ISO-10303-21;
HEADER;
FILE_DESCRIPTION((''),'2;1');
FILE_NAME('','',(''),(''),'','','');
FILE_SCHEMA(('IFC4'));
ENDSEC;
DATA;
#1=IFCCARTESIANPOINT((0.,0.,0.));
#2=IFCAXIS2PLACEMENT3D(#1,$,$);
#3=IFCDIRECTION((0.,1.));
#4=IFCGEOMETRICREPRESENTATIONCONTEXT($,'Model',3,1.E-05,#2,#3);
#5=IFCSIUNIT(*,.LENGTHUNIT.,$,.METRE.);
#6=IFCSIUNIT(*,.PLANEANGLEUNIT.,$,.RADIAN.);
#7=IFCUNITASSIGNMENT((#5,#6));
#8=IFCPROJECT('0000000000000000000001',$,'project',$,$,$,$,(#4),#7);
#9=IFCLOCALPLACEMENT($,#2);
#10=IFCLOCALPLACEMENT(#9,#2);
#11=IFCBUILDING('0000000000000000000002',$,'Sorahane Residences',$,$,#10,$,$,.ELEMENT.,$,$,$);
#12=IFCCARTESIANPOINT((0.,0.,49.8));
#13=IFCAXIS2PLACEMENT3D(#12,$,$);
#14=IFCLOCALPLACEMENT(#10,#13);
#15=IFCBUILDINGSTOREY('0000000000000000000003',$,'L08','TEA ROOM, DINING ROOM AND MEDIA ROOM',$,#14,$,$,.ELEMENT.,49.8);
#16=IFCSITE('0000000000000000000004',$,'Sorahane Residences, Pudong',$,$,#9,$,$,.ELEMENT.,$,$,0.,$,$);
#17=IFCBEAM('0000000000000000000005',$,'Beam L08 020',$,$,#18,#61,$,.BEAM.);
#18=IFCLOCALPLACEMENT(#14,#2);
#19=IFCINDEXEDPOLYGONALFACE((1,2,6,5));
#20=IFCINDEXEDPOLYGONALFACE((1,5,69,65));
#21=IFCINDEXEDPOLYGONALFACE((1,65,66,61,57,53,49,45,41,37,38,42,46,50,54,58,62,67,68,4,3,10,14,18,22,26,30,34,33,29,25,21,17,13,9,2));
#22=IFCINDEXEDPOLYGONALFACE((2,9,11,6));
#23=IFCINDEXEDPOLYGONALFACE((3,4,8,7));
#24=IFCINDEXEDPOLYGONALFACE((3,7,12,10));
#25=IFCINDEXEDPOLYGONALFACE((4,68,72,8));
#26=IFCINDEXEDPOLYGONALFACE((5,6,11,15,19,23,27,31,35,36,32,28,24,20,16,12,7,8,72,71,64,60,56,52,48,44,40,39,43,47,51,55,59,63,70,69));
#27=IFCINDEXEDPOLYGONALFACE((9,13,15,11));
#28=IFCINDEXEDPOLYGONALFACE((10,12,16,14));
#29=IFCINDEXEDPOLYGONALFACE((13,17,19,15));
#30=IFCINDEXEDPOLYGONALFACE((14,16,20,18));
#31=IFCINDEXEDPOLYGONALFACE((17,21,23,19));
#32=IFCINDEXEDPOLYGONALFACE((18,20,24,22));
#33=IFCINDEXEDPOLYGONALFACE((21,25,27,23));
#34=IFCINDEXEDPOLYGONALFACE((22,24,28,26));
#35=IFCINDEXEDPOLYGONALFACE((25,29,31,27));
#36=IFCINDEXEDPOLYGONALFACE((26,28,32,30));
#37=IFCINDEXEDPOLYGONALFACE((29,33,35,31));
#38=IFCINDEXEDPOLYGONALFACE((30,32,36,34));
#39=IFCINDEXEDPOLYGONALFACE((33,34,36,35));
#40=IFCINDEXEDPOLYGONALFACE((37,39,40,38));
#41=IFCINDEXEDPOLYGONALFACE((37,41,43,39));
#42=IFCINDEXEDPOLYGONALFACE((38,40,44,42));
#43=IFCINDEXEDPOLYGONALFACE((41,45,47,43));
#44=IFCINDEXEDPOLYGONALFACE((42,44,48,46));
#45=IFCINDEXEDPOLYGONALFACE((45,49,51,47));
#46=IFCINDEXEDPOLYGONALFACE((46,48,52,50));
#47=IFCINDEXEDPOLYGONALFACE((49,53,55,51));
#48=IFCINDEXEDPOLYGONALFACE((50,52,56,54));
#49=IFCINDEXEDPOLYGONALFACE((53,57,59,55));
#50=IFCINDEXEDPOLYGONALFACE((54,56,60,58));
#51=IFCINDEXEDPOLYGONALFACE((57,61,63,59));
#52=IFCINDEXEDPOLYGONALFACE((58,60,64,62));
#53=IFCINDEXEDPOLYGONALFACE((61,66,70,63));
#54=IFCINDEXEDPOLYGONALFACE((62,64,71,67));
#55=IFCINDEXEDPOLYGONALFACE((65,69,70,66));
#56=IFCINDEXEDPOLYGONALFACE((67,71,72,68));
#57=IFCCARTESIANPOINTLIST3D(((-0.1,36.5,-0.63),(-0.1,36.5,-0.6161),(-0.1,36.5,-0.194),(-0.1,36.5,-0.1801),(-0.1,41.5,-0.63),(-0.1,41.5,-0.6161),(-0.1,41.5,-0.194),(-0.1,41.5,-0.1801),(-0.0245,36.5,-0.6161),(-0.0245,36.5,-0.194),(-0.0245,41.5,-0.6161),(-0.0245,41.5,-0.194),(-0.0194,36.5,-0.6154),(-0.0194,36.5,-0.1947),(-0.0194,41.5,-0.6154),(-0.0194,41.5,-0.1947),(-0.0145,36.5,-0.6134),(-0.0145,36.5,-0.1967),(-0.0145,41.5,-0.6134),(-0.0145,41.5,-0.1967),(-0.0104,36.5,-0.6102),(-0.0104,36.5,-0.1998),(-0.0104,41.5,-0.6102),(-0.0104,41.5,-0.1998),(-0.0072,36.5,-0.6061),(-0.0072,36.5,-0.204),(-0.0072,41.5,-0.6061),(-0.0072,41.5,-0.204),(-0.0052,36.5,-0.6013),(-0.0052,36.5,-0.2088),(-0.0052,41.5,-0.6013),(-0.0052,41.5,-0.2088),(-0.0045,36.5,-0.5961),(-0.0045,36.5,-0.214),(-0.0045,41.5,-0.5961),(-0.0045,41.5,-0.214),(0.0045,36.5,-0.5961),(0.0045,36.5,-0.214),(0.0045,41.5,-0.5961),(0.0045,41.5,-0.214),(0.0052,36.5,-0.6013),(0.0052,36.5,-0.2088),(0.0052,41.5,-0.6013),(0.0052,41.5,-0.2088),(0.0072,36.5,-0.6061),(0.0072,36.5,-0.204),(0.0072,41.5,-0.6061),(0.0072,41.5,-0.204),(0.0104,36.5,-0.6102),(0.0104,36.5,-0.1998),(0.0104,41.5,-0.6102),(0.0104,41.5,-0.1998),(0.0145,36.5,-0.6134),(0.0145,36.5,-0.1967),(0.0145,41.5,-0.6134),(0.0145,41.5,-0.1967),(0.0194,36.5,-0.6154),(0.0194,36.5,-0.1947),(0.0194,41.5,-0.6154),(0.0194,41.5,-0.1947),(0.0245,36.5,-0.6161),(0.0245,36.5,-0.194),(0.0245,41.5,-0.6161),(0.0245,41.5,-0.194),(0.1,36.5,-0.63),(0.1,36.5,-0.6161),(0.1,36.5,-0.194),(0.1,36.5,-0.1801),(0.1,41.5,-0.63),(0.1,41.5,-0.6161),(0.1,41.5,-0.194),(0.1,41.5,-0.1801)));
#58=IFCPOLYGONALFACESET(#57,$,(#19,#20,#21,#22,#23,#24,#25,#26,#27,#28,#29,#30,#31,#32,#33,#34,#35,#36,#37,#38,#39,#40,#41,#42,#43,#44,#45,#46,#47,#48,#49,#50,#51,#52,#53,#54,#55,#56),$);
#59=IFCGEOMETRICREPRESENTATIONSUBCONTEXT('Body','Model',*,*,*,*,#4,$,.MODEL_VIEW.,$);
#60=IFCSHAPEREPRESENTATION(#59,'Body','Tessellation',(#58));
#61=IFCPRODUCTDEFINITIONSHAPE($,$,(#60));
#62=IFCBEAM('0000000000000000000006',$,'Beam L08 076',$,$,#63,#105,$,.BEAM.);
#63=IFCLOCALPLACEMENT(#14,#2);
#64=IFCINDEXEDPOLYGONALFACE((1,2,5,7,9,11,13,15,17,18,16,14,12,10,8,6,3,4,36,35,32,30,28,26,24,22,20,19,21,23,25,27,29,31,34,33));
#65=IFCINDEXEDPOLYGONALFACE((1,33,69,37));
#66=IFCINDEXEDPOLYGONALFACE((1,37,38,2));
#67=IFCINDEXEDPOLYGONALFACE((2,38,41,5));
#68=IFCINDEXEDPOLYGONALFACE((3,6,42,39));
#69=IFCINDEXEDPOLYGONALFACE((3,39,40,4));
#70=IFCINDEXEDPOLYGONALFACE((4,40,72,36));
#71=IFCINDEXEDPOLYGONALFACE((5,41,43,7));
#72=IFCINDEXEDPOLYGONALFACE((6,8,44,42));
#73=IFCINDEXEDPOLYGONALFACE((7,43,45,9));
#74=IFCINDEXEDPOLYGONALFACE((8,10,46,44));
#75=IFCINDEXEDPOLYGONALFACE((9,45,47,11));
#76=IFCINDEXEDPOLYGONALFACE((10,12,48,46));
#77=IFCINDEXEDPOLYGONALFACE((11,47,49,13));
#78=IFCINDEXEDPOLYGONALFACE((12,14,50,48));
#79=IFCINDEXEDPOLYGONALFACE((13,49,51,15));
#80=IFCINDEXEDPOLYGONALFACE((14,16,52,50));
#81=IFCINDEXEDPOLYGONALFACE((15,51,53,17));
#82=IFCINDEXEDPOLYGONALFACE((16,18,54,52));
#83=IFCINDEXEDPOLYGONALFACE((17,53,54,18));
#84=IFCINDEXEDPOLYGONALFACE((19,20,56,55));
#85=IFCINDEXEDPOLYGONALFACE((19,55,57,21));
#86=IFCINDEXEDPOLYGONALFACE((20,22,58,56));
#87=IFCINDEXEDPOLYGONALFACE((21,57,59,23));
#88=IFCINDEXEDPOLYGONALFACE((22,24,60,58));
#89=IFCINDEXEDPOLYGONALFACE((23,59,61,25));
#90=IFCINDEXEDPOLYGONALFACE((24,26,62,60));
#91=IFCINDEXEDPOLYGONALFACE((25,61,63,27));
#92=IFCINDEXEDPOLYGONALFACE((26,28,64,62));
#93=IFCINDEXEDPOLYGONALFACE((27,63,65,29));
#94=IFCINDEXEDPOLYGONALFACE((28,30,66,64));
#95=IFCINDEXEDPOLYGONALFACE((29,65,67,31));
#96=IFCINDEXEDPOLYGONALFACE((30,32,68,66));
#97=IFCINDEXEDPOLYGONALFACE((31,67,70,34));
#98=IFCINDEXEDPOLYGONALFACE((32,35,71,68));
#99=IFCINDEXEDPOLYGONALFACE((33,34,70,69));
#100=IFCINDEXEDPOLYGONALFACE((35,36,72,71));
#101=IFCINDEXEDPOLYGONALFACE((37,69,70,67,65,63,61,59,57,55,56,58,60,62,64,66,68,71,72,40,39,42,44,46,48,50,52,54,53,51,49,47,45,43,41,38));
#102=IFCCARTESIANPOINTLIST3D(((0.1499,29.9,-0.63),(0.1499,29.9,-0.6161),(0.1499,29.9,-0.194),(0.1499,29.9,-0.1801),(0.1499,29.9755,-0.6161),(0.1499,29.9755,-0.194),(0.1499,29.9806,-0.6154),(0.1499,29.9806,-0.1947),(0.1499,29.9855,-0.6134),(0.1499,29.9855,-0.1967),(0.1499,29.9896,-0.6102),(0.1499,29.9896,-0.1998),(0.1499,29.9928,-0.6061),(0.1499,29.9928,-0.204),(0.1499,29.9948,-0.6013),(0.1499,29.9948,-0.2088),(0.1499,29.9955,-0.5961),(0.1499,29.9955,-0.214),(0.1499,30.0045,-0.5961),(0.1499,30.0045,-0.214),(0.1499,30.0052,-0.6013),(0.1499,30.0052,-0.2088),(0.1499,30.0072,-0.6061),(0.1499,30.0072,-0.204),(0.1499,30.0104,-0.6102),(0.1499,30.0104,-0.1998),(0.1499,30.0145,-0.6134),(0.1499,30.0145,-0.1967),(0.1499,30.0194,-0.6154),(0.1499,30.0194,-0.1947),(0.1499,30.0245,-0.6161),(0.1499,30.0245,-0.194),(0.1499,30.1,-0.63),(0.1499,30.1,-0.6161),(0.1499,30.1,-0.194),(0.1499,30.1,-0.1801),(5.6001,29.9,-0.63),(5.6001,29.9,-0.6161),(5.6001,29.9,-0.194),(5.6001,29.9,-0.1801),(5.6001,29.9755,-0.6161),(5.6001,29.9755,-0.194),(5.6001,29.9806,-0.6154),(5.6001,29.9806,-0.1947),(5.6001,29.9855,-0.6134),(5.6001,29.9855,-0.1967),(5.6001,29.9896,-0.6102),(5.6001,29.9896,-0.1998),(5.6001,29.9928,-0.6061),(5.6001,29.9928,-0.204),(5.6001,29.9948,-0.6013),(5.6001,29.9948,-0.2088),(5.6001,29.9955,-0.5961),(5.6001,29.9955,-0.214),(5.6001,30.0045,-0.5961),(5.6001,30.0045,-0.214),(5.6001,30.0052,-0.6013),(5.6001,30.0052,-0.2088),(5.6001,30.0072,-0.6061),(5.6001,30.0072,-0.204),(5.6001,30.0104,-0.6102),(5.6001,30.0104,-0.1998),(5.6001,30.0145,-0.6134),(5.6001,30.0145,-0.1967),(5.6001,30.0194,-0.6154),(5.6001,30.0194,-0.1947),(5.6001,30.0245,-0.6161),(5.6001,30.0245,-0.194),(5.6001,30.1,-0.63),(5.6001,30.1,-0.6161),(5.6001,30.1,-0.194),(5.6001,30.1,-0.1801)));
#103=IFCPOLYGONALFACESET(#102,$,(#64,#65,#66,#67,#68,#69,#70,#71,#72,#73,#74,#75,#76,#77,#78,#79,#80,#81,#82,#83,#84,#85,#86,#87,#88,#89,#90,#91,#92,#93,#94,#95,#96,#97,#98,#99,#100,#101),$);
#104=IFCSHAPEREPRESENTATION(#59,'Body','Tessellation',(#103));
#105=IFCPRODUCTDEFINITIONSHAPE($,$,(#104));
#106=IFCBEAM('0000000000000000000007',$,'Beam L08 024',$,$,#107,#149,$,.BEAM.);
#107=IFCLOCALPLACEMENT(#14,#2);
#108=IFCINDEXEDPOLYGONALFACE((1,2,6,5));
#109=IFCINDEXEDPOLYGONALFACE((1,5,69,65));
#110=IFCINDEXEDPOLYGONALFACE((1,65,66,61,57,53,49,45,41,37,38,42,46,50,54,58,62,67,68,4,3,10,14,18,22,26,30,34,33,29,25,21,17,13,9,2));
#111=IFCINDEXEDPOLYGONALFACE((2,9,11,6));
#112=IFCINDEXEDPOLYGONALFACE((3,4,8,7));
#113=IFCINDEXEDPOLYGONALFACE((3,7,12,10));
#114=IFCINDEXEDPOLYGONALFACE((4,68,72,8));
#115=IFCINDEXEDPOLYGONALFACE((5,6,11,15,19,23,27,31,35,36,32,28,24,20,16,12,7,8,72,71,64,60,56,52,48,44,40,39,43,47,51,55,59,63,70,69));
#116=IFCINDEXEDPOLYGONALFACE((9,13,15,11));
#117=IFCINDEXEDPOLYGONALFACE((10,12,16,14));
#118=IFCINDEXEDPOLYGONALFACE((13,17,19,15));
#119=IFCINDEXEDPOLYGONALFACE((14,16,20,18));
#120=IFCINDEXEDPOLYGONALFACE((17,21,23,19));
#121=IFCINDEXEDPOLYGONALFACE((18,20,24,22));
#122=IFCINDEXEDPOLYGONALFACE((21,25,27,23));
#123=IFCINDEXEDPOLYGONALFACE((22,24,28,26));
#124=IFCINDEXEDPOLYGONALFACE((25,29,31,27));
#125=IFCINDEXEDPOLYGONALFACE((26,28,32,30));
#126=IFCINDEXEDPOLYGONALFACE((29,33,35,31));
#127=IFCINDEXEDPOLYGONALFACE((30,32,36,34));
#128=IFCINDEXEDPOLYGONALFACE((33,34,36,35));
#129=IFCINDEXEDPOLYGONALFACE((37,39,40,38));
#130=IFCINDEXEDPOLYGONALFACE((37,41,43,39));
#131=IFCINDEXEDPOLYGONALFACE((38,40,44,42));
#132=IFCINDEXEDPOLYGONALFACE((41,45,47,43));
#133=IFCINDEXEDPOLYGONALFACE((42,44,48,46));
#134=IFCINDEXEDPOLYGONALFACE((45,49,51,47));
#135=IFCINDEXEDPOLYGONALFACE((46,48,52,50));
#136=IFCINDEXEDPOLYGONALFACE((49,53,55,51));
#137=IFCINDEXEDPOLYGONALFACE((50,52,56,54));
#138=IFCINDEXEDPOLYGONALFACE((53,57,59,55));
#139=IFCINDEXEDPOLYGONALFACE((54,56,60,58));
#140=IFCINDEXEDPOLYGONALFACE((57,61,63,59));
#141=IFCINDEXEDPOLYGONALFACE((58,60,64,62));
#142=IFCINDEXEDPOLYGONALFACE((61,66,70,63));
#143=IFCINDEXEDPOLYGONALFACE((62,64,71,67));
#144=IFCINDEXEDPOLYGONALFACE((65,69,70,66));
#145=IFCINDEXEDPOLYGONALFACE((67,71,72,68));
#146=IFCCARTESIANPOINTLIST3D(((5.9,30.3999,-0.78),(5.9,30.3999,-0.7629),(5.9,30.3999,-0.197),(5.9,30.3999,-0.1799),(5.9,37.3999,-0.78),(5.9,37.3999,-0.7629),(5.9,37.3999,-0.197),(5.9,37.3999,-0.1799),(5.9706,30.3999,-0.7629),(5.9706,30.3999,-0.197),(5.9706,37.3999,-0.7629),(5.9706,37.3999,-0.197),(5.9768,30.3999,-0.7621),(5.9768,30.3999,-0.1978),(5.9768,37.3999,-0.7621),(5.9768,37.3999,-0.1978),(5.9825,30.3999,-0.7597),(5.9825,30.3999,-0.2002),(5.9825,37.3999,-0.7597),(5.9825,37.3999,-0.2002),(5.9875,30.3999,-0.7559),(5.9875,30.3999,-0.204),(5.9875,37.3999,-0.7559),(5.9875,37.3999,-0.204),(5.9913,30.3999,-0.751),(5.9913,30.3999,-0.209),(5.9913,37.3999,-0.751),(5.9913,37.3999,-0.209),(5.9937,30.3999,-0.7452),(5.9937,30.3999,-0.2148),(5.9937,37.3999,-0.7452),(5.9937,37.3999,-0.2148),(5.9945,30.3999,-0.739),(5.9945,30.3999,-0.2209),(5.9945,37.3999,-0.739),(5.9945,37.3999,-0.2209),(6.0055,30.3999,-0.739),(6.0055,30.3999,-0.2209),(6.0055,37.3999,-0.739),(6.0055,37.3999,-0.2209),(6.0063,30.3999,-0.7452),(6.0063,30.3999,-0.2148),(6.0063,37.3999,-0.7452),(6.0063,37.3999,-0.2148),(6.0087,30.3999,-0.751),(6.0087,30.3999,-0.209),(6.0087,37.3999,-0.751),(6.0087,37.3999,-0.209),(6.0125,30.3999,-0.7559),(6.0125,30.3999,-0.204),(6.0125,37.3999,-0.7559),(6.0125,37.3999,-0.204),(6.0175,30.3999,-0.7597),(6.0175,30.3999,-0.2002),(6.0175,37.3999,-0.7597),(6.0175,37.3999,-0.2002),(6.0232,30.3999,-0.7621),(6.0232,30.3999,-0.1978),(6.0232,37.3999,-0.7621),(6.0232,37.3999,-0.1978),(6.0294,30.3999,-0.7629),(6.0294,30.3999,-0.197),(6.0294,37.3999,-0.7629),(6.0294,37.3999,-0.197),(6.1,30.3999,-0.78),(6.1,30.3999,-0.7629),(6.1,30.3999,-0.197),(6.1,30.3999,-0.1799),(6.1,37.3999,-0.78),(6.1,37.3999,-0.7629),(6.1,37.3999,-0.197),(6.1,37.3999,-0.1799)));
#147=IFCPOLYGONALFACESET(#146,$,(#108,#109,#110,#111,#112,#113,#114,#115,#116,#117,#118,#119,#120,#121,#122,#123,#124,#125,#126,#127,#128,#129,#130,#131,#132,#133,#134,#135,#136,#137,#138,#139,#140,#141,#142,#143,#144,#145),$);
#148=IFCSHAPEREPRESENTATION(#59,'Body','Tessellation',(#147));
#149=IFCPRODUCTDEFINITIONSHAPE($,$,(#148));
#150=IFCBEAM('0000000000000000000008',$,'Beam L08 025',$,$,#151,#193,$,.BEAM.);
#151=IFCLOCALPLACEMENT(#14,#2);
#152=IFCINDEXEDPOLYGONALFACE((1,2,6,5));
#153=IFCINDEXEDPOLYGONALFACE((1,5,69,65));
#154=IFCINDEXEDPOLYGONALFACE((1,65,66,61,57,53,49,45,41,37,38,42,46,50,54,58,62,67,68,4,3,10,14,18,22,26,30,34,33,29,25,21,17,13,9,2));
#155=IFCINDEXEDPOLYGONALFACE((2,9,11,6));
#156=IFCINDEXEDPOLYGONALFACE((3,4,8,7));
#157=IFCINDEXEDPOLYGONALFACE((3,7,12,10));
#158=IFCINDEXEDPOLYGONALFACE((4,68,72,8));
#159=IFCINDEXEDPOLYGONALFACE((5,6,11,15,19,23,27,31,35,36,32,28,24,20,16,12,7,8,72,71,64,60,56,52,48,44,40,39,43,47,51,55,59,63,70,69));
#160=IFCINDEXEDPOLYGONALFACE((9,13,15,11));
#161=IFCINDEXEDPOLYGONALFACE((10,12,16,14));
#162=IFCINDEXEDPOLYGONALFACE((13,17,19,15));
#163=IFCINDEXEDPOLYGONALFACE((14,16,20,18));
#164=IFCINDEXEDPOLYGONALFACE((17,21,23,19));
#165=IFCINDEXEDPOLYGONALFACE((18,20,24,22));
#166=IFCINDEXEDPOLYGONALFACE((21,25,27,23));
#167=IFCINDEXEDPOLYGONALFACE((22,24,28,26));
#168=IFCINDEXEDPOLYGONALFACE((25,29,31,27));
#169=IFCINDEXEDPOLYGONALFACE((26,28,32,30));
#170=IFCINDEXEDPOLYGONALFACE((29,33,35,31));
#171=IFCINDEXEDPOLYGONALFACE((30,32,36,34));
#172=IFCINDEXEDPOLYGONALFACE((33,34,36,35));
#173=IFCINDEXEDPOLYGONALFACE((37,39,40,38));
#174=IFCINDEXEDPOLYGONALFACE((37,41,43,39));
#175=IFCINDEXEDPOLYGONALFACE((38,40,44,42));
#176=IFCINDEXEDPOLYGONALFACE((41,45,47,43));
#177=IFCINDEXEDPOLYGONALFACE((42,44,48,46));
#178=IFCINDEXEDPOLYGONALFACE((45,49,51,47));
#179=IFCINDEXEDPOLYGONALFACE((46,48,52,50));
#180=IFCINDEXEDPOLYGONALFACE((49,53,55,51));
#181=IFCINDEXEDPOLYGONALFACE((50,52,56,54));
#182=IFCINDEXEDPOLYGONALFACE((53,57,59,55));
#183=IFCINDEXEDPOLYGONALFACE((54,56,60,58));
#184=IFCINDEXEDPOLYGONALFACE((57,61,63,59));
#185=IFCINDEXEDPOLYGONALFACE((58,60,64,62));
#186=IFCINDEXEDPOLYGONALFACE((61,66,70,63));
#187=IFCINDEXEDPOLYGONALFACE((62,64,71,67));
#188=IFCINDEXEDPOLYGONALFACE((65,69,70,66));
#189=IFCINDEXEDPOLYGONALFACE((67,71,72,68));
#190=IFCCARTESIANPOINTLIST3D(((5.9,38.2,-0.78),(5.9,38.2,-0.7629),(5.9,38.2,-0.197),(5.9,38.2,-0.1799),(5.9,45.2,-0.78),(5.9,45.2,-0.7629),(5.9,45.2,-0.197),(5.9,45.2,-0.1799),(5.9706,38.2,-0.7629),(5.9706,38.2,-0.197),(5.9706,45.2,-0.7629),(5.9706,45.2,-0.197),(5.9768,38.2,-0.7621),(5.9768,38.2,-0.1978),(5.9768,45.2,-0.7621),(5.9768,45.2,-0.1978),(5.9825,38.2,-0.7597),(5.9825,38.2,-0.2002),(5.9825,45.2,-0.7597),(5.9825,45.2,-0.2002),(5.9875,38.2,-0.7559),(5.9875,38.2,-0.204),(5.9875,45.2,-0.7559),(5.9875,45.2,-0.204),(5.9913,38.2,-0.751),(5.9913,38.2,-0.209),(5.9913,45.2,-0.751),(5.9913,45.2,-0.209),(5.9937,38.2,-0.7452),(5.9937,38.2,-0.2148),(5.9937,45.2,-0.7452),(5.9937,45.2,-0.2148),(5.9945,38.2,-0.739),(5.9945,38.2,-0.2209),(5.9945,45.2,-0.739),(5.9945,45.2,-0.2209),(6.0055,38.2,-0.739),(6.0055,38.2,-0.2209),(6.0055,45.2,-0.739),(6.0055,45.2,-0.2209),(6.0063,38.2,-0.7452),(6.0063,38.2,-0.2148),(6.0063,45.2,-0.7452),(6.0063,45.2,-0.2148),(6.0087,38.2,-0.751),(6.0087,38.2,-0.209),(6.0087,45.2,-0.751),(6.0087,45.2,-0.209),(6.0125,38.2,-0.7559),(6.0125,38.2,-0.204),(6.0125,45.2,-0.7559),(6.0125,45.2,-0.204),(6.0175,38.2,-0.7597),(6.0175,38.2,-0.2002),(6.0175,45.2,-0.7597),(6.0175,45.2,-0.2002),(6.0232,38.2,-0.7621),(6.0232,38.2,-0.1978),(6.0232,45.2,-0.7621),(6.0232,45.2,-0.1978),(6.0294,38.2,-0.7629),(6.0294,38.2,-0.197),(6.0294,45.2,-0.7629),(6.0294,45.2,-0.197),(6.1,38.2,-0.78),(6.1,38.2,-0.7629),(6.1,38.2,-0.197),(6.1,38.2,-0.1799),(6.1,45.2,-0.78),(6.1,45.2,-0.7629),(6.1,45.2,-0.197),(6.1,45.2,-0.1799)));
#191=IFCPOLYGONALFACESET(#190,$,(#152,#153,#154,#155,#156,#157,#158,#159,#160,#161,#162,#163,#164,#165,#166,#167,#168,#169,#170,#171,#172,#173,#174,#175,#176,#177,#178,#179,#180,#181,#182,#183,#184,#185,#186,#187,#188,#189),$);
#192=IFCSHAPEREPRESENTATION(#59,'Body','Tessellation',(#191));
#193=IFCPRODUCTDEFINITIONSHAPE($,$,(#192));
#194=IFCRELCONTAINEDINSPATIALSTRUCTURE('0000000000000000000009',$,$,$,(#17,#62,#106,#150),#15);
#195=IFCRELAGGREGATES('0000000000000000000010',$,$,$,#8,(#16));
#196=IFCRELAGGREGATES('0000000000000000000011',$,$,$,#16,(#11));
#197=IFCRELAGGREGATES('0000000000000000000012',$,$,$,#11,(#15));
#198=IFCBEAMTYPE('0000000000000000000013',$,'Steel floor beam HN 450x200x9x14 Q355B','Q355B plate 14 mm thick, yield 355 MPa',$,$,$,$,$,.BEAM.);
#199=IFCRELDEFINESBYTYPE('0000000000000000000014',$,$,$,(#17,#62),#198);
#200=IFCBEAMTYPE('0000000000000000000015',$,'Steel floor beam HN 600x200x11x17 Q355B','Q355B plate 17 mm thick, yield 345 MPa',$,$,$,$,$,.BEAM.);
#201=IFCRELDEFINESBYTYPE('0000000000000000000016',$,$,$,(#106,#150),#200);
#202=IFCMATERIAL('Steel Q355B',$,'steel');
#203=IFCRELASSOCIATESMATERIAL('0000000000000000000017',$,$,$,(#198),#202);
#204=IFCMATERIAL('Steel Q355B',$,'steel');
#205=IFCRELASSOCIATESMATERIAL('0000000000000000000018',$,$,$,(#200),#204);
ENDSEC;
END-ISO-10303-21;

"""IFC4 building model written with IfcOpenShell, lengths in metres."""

from ifc_helpers import new_model, si_unit, direction, frame, origin, origin_2d, place, context, subcontext, project, spatial, i_section, extrude, material, material_profile, profile_set, type_object, element, save


model = new_model("IFC4")

# Units and contexts
model_context = context("Model", 3, precision=1e-05, world=origin(), true_north=direction((0.0, 1.0)))
body_context = subcontext(model_context, "Body", "Model", "MODEL_VIEW")
ifc_project = project(units=[si_unit("LENGTHUNIT", "METRE"), si_unit("PLANEANGLEUNIT", "RADIAN")], contexts=[model_context])

# Site, building, storey
site_placement = place(None, origin())
site = spatial("IfcSite", under=ifc_project, at=site_placement, Name="Sorahane Residences, Pudong", CompositionType="ELEMENT", RefElevation=0.0)
building_placement = place(site_placement, origin())
building = spatial("IfcBuilding", under=site, at=building_placement, Name="Sorahane Residences", CompositionType="ELEMENT")
storey_placement = place(building_placement, frame((0.0, 0.0, 49.8)))
storey = spatial("IfcBuildingStorey", under=building, at=storey_placement, Name="L08", Description="TEA ROOM, DINING ROOM AND MEDIA ROOM", CompositionType="ELEMENT", Elevation=49.8)

# Beams
ifc_material_1 = material(Name="Steel Q355B", Category="steel")
ifc_material_profile_1 = material_profile(ifc_material_1, i_section(OverallWidth=0.2, OverallDepth=0.45, WebThickness=0.009, FlangeThickness=0.0139, FilletRadius=0.02, at=origin_2d()), Name="HN 450x200x9x14")
ifc_profile_set_1 = profile_set([ifc_material_profile_1], Name="Steel Q355B")
beam_type_1 = type_object("IfcBeamType", Name="Steel floor beam HN 450x200x9x14 Q355B", Description="Q355B plate 14 mm thick, yield 355 MPa", PredefinedType="BEAM", material=ifc_profile_set_1)
beam_1_placement = place(storey_placement, frame((0.0, 36.5, -0.405), z_axis=(0.0, 1.0, 0.0), x_axis=(-1.0, 0.0, 0.0)))
element("IfcBeam", 1, at=beam_1_placement, inside=storey, type_object=beam_type_1, Name="Beam L08 020", PredefinedType="BEAM", context=body_context, shape_type="SweptSolid", body=[
    extrude(i_section(OverallWidth=0.2, OverallDepth=0.45, WebThickness=0.009, FlangeThickness=0.0139, FilletRadius=0.02, at=origin_2d()), origin(), (0.0, 0.0, 1.0), 5.0),
])
beam_2_placement = place(storey_placement, frame((0.1499, 30.0, -0.405), z_axis=(1.0, 0.0, 0.0), x_axis=(0.0, 1.0, 0.0)))
element("IfcBeam", 2, at=beam_2_placement, inside=storey, type_object=beam_type_1, Name="Beam L08 076", PredefinedType="BEAM", context=body_context, shape_type="SweptSolid", body=[
    extrude(i_section(OverallWidth=0.2, OverallDepth=0.45, WebThickness=0.009, FlangeThickness=0.0139, FilletRadius=0.02, at=origin_2d()), origin(), (0.0, 0.0, 1.0), 5.4502),
])
ifc_material_2 = material(Name="Steel Q355B", Category="steel")
ifc_material_profile_2 = material_profile(ifc_material_2, i_section(OverallWidth=0.2, OverallDepth=0.6001, WebThickness=0.011, FlangeThickness=0.0171, FilletRadius=0.0239, at=origin_2d()), Name="HN 600x200x11x17")
ifc_profile_set_2 = profile_set([ifc_material_profile_2], Name="Steel Q355B")
beam_type_2 = type_object("IfcBeamType", Name="Steel floor beam HN 600x200x11x17 Q355B", Description="Q355B plate 17 mm thick, yield 345 MPa", PredefinedType="BEAM", material=ifc_profile_set_2)
for number, where, z_axis, x_axis, name in (
    (3, (6.0, 30.3999, -0.48), (0.0, 1.0, 0.0), (-1.0, 0.0, 0.0), "Beam L08 024"),
    (4, (6.0, 38.2, -0.48), (0.0, 1.0, 0.0), (-1.0, 0.0, 0.0), "Beam L08 025"),
):
    element("IfcBeam", number, at=place(storey_placement, frame(where, z_axis=z_axis, x_axis=x_axis)), inside=storey, type_object=beam_type_2, Name=name, PredefinedType="BEAM", context=body_context, shape_type="SweptSolid", body=[
        extrude(i_section(OverallWidth=0.2, OverallDepth=0.6001, WebThickness=0.011, FlangeThickness=0.0171, FilletRadius=0.0239, at=origin_2d()), origin(), (0.0, 0.0, 1.0), 7.0),
    ])

save(model, "model.ifc")
